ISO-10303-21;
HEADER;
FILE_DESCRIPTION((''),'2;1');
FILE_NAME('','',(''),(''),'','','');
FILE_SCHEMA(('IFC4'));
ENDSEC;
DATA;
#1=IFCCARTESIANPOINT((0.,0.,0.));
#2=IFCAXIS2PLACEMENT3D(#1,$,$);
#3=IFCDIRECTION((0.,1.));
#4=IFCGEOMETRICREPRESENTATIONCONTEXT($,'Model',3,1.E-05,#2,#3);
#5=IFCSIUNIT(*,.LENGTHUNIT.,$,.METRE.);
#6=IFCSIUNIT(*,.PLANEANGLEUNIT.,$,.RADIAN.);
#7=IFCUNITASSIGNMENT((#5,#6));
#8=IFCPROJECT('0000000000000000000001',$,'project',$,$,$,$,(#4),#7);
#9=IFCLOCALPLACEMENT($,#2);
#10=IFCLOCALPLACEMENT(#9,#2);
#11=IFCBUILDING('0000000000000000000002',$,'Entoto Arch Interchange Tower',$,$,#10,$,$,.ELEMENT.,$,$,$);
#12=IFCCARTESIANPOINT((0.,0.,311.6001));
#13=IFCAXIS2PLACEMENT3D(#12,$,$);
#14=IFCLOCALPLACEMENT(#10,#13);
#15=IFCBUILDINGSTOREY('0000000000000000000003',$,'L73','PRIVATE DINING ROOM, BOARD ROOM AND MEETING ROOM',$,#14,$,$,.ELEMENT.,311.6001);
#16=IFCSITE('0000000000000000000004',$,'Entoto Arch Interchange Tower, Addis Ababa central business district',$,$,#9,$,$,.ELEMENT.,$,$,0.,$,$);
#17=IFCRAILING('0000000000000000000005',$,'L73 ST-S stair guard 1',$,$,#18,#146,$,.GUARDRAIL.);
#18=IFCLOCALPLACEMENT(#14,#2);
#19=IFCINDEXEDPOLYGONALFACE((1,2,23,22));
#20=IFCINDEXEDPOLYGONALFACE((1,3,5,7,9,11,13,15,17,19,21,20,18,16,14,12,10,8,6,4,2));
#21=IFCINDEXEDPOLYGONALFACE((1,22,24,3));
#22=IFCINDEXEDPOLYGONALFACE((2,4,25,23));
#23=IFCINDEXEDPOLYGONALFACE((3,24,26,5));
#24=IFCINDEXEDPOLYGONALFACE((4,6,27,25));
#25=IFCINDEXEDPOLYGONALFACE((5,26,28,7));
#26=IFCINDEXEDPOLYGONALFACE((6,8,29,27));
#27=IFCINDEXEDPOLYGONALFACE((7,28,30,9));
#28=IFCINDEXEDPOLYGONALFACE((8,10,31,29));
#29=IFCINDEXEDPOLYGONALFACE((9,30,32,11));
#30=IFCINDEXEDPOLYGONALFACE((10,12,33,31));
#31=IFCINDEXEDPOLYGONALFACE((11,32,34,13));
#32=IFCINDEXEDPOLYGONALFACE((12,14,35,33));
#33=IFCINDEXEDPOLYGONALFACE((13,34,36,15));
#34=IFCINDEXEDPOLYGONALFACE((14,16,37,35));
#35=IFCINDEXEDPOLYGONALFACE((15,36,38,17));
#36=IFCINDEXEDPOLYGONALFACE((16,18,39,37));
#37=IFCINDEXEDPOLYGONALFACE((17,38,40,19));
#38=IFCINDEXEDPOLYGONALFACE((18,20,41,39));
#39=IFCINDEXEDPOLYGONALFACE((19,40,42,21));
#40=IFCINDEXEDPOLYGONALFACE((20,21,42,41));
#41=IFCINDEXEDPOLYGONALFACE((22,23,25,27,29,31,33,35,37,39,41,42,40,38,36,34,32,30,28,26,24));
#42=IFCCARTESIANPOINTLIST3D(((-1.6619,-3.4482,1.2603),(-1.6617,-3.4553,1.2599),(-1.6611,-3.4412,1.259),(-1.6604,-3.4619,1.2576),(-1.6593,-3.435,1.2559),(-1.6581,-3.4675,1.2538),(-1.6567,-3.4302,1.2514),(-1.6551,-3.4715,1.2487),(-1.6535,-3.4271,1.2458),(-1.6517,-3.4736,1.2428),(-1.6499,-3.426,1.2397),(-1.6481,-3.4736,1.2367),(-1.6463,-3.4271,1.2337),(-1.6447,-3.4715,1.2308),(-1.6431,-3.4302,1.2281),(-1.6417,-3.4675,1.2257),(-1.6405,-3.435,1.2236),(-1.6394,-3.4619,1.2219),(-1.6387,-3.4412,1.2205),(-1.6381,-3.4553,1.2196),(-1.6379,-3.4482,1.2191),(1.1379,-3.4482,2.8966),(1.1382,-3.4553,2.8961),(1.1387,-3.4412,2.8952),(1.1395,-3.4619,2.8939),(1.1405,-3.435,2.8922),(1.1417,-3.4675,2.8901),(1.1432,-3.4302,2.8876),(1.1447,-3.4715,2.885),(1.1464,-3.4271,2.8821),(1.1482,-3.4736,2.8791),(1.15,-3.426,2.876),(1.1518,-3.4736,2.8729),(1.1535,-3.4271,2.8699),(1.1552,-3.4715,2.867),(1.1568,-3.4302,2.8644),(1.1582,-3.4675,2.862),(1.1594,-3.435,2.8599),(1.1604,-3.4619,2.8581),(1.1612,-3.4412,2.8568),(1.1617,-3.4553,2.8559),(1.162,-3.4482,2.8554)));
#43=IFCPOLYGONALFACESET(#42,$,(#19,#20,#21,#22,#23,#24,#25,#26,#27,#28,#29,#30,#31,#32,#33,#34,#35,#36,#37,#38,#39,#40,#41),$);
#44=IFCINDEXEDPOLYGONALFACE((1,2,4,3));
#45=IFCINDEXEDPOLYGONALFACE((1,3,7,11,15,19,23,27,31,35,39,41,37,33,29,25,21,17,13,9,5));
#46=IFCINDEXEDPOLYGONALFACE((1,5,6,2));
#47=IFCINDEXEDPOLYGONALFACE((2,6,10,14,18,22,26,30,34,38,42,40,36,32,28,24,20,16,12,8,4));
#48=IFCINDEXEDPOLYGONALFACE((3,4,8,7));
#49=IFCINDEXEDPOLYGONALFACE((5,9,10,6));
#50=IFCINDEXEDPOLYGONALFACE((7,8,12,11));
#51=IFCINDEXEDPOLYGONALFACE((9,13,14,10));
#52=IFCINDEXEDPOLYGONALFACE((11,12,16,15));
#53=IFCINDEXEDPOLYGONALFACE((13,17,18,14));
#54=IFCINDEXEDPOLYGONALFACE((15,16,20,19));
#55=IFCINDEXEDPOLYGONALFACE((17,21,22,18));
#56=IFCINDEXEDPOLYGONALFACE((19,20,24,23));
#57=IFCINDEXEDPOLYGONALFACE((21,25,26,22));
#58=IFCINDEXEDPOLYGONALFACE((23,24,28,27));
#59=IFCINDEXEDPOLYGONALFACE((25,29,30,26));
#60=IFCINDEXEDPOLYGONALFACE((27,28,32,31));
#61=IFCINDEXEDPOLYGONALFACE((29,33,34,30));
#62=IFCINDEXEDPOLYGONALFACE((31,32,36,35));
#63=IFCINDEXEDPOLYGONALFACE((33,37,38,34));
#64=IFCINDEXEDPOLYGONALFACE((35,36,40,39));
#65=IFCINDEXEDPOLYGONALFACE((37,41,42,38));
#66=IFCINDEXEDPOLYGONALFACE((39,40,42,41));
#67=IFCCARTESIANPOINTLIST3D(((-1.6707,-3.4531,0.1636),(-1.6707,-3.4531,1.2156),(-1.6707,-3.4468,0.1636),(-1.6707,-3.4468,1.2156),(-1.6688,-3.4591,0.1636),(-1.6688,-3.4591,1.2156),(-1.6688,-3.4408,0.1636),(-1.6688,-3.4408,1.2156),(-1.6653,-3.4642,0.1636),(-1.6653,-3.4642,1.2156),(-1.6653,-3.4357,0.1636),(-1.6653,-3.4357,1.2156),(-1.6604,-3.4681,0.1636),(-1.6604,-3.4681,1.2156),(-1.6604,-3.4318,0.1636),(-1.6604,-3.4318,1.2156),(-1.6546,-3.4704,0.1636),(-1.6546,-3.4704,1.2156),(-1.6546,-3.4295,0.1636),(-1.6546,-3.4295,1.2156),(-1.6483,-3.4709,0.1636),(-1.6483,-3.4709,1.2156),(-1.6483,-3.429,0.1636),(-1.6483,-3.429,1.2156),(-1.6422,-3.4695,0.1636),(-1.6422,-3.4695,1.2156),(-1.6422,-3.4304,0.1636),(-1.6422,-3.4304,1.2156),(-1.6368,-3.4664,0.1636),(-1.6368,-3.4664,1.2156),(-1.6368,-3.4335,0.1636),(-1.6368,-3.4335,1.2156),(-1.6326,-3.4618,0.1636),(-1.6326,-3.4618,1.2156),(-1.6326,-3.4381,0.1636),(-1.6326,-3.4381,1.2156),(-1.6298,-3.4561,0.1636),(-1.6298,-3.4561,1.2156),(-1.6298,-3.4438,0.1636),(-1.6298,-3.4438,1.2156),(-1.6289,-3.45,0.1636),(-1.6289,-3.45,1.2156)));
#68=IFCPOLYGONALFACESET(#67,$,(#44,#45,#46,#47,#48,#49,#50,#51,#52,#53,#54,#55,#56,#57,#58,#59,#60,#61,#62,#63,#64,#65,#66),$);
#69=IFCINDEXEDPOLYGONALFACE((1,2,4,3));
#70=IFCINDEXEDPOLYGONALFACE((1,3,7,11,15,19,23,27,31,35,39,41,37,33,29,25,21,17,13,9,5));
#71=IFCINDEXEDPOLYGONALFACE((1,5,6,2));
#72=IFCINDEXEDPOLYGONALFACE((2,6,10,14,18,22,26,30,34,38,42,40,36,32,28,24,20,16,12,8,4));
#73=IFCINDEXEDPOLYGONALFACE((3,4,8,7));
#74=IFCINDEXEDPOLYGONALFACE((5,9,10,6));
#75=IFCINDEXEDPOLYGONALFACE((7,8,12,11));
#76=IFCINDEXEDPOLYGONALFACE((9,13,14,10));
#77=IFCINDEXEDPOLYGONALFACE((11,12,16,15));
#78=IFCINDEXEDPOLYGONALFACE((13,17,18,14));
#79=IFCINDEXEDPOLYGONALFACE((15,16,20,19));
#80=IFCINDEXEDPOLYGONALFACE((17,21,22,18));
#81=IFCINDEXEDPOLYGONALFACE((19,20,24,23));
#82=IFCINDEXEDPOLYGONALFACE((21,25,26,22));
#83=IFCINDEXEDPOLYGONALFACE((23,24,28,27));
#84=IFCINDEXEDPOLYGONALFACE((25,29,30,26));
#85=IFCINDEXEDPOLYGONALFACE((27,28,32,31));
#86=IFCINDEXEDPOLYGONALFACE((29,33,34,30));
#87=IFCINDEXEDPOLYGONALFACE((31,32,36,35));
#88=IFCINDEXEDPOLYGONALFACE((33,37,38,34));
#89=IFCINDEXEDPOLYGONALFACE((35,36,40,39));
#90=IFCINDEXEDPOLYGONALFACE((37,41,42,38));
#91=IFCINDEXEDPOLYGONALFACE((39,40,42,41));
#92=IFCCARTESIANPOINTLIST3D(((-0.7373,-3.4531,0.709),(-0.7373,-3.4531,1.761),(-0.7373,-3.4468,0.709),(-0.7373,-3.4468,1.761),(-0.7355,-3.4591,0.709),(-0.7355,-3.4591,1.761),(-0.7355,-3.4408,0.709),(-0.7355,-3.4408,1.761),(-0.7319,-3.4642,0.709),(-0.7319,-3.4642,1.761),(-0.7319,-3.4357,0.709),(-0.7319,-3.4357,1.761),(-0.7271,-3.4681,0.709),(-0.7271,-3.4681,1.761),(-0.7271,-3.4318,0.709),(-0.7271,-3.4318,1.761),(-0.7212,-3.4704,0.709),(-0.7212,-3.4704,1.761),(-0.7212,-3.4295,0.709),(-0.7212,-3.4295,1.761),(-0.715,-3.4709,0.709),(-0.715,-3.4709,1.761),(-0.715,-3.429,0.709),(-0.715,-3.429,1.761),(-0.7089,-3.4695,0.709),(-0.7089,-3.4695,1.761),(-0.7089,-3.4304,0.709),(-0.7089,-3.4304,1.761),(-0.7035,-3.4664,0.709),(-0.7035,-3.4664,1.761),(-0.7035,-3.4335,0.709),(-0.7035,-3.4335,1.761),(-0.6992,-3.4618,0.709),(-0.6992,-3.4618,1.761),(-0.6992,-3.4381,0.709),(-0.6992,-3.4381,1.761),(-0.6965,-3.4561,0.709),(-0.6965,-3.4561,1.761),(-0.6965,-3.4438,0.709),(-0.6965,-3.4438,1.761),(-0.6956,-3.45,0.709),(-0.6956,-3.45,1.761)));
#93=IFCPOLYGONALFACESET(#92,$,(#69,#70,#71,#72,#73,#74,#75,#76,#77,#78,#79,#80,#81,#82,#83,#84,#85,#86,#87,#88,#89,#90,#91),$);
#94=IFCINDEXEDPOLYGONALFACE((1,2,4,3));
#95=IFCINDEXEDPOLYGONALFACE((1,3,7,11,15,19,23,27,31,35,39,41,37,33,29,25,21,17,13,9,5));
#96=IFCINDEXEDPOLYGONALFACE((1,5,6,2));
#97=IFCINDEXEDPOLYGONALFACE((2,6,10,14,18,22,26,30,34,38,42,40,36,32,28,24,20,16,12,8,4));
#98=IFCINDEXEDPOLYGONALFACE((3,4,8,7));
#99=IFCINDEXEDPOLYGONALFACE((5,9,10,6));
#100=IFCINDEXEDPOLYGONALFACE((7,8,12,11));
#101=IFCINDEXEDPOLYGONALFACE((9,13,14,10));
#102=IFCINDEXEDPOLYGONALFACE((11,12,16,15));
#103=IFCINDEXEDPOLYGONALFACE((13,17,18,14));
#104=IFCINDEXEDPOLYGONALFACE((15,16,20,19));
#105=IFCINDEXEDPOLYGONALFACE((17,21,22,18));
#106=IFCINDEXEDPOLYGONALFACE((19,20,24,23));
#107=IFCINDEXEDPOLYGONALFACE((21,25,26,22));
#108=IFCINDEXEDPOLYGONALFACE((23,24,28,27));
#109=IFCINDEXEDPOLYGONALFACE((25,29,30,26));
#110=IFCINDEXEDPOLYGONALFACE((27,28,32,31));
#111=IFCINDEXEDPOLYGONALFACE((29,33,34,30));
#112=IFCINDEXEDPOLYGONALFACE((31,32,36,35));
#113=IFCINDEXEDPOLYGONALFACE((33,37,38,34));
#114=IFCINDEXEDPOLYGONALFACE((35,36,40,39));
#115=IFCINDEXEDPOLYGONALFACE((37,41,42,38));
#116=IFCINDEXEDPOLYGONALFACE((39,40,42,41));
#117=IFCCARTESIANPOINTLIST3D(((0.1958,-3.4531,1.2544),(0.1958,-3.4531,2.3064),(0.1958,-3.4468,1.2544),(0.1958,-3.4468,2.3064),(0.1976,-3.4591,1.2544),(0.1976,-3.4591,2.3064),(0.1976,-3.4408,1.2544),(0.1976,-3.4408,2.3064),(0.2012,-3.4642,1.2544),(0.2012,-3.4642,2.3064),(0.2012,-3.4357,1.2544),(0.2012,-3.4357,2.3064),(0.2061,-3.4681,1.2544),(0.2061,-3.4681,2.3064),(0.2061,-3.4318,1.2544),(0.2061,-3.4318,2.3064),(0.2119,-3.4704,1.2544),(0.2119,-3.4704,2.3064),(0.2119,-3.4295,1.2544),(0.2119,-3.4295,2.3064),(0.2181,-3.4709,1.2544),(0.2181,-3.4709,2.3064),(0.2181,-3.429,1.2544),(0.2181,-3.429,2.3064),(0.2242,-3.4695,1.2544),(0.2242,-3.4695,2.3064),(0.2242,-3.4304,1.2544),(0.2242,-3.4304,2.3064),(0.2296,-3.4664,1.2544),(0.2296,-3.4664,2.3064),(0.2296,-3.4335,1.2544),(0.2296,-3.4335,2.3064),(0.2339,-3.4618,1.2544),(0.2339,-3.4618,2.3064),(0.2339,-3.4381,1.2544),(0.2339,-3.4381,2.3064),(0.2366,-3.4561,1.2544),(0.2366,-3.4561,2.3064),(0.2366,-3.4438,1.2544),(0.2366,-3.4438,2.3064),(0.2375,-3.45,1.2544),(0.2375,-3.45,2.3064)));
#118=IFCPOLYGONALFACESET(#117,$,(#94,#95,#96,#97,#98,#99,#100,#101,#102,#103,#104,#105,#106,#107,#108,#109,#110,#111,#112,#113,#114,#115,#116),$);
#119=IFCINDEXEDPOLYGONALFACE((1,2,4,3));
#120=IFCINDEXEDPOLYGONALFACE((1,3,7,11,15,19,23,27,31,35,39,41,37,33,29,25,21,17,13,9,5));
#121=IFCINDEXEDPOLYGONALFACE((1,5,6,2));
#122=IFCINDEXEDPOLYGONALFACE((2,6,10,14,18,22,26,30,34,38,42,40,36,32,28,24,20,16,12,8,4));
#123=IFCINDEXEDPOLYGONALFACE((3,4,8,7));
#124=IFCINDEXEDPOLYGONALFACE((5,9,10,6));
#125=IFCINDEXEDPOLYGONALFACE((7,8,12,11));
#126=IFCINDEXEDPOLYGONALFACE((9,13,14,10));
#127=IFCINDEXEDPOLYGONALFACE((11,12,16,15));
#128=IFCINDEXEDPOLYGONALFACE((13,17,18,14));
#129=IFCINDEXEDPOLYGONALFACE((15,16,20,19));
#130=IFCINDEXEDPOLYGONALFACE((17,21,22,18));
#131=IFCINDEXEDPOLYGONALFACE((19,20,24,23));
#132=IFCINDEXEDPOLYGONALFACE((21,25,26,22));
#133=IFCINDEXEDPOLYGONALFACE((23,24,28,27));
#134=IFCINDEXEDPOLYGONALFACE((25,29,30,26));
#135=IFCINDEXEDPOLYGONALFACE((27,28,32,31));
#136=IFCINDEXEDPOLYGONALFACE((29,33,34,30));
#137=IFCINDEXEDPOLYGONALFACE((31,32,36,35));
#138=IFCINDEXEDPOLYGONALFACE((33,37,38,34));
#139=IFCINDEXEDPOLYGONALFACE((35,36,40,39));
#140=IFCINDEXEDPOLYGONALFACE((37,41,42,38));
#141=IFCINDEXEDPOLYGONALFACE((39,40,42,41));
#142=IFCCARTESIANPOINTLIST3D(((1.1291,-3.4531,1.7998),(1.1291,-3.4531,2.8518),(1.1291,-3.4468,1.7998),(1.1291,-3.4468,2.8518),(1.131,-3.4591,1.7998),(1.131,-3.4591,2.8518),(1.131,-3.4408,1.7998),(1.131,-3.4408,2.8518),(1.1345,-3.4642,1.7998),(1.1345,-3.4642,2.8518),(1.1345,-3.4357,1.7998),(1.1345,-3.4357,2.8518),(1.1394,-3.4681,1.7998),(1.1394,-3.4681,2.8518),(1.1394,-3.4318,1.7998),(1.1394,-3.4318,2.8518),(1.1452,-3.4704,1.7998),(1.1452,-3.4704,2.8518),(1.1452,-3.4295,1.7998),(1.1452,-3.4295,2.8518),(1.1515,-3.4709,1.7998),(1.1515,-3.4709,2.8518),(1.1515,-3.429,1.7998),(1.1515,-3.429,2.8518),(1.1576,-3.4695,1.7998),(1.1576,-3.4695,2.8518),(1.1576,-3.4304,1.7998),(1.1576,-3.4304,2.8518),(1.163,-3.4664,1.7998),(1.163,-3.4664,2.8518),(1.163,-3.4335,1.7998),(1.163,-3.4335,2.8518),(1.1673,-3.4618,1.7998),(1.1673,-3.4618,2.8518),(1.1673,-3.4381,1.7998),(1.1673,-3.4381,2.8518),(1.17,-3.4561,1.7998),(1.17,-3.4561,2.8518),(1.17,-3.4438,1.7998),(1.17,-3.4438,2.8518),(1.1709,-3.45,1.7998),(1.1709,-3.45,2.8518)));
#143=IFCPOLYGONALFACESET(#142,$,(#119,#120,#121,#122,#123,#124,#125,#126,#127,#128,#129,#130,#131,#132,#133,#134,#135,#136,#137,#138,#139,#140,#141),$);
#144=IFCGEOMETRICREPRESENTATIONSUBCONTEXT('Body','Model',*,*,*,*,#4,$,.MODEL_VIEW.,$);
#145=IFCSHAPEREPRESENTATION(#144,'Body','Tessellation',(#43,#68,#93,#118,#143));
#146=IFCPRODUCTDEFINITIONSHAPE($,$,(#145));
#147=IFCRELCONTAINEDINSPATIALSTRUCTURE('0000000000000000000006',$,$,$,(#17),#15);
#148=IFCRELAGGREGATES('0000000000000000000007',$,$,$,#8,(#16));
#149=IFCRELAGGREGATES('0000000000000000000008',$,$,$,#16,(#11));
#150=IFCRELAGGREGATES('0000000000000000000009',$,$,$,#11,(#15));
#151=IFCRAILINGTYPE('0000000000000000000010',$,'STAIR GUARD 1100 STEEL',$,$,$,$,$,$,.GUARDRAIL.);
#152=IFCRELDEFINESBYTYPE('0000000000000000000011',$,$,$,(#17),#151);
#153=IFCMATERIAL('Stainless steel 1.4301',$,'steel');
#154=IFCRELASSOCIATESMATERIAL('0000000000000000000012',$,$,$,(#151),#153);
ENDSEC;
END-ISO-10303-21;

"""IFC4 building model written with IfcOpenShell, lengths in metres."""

from ifc_helpers import new_model, si_unit, direction, frame, origin, origin_2d, place, context, subcontext, project, spatial, circle, extrude, material, type_object, element, save


model = new_model("IFC4")

# Units and contexts
model_context = context("Model", 3, precision=1e-05, world=origin(), true_north=direction((0.0, 1.0)))
body_context = subcontext(model_context, "Body", "Model", "MODEL_VIEW")
ifc_project = project(units=[si_unit("LENGTHUNIT", "METRE"), si_unit("PLANEANGLEUNIT", "RADIAN")], contexts=[model_context])

# Site, building, storey
site_placement = place(None, origin())
site = spatial("IfcSite", under=ifc_project, at=site_placement, Name="Entoto Arch Interchange Tower, Addis Ababa central business district", CompositionType="ELEMENT", RefElevation=0.0)
building_placement = place(site_placement, origin())
building = spatial("IfcBuilding", under=site, at=building_placement, Name="Entoto Arch Interchange Tower", CompositionType="ELEMENT")
storey_placement = place(building_placement, frame((0.0, 0.0, 311.6001)))
storey = spatial("IfcBuildingStorey", under=building, at=storey_placement, Name="L73", Description="PRIVATE DINING ROOM, BOARD ROOM AND MEETING ROOM", CompositionType="ELEMENT", Elevation=311.6001)

# Railing
ifc_material_1 = material(Name="Stainless steel 1.4301", Category="steel")
railing_type_1 = type_object("IfcRailingType", Name="STAIR GUARD 1100 STEEL", PredefinedType="GUARDRAIL", material=ifc_material_1)
railing_1_placement = place(storey_placement, frame((-1.6499, -3.45, 0.1636)))
element("IfcRailing", 1, at=railing_1_placement, inside=storey, type_object=railing_type_1, Name="L73 ST-S stair guard 1", PredefinedType="GUARDRAIL", context=body_context, shape_type="SweptSolid", body=[
    extrude(circle(Radius=0.0239, at=origin_2d()), frame((0.0, 0.0, 1.0762), z_axis=(0.863374, 0.0, 0.504564), x_axis=(0.0, 1.0, 0.0)), (0.0, 0.0, 1.0), 3.2429),
    extrude(circle(Radius=0.021, at=origin_2d()), origin(), (0.0, 0.0, 1.0), 1.052),
    extrude(circle(Radius=0.021, at=origin_2d()), frame((0.9333, 0.0, 0.5454)), (0.0, 0.0, 1.0), 1.052),
    extrude(circle(Radius=0.021, at=origin_2d()), frame((1.8665, 0.0, 1.0908)), (0.0, 0.0, 1.0), 1.052),
    extrude(circle(Radius=0.021, at=origin_2d()), frame((2.7998, 0.0, 1.6362)), (0.0, 0.0, 1.0), 1.052),
])

save(model, "model.ifc")
